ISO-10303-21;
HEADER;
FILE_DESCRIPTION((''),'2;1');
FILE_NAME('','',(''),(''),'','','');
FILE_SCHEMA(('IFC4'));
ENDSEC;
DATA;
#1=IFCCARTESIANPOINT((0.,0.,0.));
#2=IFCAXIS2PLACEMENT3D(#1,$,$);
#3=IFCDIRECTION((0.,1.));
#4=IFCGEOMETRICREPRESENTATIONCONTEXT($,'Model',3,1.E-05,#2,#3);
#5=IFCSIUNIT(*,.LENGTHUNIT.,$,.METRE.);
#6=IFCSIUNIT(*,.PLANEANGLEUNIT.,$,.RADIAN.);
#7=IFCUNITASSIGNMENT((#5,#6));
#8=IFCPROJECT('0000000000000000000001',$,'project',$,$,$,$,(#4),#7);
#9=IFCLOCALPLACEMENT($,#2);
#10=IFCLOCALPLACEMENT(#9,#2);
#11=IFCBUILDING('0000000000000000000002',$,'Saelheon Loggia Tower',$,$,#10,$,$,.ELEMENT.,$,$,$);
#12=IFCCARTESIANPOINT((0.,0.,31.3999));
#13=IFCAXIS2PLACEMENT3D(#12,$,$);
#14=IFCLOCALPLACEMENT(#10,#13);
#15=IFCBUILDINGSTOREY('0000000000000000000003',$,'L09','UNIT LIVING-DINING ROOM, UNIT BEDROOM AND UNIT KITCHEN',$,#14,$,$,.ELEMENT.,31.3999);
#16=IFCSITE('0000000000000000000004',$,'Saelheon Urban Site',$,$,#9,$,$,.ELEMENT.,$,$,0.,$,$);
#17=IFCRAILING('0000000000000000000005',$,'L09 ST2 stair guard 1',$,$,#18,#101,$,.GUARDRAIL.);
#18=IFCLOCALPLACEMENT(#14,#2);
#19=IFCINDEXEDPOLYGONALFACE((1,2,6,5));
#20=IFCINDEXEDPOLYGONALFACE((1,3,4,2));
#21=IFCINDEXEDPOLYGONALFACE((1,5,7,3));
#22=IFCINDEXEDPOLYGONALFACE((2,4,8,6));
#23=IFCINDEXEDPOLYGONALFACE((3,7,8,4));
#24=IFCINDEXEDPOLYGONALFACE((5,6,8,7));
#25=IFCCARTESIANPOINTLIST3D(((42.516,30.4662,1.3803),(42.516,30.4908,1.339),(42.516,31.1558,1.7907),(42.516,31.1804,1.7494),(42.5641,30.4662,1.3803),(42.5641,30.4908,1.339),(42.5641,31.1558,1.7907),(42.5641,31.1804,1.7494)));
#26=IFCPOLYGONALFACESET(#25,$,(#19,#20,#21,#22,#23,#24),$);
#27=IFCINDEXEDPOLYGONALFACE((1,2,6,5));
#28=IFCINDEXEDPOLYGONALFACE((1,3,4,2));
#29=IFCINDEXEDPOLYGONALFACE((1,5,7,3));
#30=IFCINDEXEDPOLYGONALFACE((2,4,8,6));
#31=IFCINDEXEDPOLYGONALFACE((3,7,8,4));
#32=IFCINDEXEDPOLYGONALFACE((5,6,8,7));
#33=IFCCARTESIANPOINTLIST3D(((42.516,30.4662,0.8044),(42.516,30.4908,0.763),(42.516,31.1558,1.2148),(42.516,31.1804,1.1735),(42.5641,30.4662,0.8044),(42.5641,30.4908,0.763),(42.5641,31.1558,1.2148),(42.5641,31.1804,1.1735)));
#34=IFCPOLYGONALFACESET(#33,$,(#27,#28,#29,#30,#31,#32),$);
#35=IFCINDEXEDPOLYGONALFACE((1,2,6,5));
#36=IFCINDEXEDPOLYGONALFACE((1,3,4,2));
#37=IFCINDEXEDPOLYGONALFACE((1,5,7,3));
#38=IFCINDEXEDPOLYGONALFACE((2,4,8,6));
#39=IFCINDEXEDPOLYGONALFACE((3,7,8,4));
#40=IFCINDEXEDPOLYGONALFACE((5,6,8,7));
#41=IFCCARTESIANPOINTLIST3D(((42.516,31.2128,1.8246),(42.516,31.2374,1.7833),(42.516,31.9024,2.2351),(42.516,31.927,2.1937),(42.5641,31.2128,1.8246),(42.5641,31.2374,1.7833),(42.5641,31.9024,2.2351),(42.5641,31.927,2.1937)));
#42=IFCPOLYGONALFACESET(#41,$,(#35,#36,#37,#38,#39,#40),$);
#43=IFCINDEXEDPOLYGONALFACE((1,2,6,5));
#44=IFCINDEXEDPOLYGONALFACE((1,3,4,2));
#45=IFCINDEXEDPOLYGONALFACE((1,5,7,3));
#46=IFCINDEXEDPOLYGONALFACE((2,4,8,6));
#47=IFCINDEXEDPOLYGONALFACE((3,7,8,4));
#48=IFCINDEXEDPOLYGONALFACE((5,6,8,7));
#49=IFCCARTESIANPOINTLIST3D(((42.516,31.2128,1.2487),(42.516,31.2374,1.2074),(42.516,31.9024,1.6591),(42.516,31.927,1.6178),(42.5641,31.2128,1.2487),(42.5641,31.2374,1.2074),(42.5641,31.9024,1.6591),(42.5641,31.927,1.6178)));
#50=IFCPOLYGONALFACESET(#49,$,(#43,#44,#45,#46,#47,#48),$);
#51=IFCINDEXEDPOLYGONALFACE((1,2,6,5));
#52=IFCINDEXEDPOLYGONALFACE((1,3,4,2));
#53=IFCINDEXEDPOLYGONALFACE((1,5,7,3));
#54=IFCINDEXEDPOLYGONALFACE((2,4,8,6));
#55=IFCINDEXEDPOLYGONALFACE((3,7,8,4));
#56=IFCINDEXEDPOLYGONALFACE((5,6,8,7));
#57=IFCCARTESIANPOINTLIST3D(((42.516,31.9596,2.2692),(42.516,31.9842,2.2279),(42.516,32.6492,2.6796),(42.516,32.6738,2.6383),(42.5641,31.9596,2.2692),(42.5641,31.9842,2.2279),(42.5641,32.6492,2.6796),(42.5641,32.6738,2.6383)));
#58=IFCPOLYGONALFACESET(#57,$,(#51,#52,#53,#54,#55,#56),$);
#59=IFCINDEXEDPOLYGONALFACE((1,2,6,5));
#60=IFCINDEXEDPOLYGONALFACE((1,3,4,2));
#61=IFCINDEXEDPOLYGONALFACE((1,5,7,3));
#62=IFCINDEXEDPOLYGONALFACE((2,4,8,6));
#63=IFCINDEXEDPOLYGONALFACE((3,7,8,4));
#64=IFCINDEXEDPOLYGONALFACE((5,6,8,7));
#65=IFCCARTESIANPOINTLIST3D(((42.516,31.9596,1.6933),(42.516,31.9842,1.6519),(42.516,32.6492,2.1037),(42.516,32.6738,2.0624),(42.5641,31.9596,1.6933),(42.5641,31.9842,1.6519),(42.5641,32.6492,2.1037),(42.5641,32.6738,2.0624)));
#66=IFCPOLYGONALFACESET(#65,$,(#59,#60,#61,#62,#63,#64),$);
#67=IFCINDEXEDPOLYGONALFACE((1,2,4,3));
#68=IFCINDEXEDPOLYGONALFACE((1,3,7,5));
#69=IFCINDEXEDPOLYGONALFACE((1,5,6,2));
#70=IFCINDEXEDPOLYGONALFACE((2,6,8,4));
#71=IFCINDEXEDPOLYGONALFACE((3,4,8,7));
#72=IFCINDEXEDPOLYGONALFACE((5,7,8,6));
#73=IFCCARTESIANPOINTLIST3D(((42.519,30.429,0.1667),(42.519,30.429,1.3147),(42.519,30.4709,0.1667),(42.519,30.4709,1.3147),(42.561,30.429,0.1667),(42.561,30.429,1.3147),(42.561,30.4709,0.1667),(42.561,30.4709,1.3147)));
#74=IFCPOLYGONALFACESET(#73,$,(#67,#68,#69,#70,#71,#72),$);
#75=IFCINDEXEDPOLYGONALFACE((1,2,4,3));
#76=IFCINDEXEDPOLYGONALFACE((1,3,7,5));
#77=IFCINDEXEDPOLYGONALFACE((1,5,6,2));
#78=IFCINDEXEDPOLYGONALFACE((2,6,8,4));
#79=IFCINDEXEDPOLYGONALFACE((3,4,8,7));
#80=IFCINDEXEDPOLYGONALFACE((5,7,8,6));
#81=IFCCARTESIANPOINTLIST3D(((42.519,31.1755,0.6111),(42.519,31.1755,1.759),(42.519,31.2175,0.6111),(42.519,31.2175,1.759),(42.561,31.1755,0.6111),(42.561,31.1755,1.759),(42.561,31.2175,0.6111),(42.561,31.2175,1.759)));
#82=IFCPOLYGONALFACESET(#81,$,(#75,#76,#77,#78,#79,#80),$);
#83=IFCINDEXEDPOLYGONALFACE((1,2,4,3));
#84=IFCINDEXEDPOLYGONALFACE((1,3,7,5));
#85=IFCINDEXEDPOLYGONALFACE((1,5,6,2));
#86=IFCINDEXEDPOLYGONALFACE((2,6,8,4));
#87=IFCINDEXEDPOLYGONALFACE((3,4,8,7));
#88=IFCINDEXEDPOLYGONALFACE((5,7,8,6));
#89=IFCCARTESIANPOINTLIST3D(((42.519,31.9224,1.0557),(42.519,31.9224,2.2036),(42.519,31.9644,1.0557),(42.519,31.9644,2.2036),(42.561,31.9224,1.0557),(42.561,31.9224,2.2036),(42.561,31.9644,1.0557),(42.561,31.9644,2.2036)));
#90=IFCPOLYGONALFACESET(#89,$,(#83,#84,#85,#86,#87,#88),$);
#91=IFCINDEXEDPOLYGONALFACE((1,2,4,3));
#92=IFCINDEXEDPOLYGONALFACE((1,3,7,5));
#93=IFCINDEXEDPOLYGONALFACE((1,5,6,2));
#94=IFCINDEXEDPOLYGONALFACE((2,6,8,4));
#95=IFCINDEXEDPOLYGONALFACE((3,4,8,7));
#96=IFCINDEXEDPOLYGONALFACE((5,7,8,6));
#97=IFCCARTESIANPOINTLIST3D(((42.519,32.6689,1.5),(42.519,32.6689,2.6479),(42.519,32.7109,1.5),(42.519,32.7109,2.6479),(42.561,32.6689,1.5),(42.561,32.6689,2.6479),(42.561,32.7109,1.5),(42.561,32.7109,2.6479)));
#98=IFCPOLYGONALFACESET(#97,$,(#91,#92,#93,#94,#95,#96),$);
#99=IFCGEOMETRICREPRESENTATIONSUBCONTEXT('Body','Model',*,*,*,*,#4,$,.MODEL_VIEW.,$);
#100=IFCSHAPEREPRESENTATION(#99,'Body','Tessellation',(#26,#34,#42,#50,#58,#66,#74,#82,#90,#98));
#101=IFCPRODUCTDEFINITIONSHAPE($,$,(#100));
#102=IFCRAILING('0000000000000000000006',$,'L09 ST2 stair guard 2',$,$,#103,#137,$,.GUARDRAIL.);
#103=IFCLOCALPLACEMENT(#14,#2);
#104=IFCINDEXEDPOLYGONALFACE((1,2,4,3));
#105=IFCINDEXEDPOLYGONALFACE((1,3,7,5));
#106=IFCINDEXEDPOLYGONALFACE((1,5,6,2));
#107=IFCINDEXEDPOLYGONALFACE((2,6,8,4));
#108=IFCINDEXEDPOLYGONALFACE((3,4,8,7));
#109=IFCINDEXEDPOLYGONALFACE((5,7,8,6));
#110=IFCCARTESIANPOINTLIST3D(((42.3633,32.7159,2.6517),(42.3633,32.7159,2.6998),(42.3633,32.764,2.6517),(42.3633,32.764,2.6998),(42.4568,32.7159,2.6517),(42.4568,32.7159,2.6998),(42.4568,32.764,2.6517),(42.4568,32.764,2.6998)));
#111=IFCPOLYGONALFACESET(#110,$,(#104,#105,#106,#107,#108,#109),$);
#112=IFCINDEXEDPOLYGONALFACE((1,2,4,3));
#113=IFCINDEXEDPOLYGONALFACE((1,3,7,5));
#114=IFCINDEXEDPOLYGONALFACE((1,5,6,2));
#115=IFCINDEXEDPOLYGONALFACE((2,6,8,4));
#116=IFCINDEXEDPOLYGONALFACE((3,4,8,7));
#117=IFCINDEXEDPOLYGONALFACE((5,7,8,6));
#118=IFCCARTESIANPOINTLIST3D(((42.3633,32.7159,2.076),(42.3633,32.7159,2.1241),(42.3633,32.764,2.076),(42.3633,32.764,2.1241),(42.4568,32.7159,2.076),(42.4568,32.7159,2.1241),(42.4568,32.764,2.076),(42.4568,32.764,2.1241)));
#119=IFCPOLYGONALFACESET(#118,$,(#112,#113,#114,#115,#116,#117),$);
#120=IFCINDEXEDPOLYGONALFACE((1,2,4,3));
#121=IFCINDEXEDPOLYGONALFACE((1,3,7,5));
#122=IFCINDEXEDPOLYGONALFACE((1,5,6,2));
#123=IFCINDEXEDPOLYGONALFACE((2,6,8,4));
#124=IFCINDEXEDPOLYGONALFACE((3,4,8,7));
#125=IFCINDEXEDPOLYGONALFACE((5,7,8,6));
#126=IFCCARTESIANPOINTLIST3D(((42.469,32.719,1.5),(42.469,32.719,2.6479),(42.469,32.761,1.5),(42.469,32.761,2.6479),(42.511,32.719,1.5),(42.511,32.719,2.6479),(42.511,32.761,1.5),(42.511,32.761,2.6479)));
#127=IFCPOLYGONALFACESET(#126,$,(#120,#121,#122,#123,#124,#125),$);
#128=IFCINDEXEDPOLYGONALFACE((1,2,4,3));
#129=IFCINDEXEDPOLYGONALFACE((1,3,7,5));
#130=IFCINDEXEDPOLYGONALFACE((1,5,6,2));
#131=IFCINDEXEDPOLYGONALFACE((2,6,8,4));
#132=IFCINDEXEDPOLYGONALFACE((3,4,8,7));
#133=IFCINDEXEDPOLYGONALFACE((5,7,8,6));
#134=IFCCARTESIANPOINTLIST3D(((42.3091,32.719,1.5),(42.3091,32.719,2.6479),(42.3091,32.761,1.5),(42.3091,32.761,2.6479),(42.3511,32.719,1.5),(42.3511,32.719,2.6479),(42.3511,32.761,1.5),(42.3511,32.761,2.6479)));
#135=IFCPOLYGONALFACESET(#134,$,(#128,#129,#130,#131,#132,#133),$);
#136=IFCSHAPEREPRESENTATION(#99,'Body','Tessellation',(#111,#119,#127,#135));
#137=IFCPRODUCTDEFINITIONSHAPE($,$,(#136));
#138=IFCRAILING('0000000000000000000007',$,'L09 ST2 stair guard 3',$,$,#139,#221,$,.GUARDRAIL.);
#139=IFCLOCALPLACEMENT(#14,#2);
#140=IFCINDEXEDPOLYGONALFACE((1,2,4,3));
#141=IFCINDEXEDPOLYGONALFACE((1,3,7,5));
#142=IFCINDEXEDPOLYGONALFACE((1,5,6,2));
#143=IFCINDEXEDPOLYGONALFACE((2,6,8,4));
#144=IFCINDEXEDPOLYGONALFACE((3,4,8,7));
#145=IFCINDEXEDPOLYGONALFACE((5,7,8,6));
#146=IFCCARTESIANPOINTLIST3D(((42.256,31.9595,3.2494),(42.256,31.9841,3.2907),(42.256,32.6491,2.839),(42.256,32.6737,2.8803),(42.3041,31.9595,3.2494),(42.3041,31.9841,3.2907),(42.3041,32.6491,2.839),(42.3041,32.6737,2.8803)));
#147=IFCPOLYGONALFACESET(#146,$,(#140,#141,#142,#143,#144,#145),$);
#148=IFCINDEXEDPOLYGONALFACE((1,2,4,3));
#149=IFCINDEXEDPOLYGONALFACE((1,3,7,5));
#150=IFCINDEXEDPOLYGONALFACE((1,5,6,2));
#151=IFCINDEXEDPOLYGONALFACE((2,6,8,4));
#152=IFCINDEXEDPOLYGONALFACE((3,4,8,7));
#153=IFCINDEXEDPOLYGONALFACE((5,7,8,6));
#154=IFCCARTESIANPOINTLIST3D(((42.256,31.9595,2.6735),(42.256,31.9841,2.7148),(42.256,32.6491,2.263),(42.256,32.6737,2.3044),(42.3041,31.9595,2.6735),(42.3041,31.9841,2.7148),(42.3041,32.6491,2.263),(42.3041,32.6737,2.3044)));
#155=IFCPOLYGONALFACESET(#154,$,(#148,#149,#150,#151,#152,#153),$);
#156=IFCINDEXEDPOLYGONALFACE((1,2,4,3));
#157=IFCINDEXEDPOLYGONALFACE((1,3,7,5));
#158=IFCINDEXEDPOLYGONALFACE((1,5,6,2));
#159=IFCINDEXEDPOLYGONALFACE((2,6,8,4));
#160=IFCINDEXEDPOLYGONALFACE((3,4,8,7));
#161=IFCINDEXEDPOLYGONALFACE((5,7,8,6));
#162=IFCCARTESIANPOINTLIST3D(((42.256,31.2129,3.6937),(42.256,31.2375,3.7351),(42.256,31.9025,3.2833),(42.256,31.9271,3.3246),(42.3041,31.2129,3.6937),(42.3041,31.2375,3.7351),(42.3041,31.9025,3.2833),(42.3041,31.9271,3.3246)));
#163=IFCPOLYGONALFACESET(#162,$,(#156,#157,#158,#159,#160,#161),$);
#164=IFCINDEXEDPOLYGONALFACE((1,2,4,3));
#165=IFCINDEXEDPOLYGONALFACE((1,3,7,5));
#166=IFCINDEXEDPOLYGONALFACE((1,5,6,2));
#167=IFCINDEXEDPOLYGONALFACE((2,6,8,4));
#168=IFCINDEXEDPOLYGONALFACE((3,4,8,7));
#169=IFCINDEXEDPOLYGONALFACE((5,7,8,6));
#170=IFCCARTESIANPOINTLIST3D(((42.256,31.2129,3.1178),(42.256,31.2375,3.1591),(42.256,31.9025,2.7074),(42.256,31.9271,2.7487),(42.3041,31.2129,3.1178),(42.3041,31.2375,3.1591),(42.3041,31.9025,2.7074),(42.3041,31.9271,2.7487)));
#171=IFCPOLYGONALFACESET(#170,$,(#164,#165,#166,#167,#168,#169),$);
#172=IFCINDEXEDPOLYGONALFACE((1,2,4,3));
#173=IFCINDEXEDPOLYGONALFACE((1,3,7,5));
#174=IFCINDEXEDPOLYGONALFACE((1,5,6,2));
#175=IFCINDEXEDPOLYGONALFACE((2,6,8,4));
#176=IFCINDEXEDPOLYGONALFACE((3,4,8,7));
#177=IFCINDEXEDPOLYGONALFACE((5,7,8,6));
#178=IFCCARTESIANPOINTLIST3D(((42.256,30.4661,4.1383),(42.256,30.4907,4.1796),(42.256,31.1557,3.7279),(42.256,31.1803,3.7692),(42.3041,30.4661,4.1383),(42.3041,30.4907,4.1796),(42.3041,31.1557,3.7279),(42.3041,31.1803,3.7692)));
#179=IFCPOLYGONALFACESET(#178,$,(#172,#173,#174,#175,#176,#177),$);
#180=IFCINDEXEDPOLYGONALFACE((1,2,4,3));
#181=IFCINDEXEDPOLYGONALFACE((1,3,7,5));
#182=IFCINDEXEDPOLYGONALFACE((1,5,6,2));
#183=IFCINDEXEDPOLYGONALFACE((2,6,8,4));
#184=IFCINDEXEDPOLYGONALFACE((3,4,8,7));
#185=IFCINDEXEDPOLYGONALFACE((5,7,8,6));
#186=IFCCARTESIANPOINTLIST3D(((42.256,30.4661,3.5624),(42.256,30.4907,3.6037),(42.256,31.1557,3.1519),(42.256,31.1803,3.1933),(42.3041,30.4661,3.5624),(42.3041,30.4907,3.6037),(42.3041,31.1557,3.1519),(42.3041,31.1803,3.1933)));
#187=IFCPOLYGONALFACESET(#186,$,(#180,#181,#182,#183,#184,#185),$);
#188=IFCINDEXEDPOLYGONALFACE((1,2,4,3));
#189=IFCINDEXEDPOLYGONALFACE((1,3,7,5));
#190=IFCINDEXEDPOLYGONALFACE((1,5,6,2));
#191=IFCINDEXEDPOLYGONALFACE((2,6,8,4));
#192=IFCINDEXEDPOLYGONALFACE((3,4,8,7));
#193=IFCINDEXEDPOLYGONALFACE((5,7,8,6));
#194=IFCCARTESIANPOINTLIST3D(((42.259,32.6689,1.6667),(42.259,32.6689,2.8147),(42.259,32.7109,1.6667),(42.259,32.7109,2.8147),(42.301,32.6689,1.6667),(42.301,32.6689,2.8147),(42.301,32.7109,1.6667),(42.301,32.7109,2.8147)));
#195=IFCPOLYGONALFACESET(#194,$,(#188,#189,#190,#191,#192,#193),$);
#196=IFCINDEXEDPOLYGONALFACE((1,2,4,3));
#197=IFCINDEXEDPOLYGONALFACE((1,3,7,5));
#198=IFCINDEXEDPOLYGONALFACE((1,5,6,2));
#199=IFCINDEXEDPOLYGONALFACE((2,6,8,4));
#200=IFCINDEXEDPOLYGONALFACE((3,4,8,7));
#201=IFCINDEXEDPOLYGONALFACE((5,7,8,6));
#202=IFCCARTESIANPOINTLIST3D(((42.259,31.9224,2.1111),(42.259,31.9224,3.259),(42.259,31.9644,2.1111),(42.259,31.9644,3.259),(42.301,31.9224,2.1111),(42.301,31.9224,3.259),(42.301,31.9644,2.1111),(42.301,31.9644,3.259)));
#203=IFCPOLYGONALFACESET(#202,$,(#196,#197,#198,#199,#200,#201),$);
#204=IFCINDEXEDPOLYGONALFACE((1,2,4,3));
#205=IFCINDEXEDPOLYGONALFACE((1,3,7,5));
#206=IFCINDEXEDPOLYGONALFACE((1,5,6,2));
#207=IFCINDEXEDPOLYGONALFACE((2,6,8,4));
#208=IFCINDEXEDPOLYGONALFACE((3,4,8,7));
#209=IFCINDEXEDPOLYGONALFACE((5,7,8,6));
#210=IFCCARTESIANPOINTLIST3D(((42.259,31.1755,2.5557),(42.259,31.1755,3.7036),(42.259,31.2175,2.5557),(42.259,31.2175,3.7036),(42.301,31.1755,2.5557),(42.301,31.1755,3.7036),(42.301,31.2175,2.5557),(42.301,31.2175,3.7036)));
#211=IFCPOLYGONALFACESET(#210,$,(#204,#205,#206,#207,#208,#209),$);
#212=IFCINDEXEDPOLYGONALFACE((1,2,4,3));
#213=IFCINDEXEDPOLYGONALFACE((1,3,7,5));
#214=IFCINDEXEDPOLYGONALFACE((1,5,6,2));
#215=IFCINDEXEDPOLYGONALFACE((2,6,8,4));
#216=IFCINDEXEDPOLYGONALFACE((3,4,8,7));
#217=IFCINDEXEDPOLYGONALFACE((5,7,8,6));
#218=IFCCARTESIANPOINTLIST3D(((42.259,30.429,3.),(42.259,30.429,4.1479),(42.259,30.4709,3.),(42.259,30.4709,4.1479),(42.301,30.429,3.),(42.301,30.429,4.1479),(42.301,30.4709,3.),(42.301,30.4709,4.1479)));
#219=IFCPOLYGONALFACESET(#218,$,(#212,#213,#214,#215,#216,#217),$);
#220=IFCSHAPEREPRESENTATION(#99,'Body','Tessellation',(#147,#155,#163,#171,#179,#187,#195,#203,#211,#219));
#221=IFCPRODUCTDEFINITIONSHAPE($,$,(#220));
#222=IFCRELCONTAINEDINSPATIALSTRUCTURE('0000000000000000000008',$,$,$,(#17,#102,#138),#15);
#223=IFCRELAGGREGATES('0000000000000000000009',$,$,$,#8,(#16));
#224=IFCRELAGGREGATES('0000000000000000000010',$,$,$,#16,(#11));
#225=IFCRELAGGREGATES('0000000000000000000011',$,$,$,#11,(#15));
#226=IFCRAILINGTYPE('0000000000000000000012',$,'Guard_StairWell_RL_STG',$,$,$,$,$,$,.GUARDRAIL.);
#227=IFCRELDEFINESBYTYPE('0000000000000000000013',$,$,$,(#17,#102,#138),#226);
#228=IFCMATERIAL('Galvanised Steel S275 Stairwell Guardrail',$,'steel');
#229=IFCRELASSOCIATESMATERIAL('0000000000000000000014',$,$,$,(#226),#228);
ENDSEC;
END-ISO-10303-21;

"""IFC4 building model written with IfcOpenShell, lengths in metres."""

from ifc_helpers import new_model, si_unit, direction, frame, origin, origin_2d, place, context, subcontext, project, spatial, rectangle, extrude, material, type_object, element, save


model = new_model("IFC4")

# Units and contexts
model_context = context("Model", 3, precision=1e-05, world=origin(), true_north=direction((0.0, 1.0)))
body_context = subcontext(model_context, "Body", "Model", "MODEL_VIEW")
ifc_project = project(units=[si_unit("LENGTHUNIT", "METRE"), si_unit("PLANEANGLEUNIT", "RADIAN")], contexts=[model_context])

# Site, building, storey
site_placement = place(None, origin())
site = spatial("IfcSite", under=ifc_project, at=site_placement, Name="Saelheon Urban Site", CompositionType="ELEMENT", RefElevation=0.0)
building_placement = place(site_placement, origin())
building = spatial("IfcBuilding", under=site, at=building_placement, Name="Saelheon Loggia Tower", CompositionType="ELEMENT")
storey_placement = place(building_placement, frame((0.0, 0.0, 31.3999)))
storey = spatial("IfcBuildingStorey", under=building, at=storey_placement, Name="L09", Description="UNIT LIVING-DINING ROOM, UNIT BEDROOM AND UNIT KITCHEN", CompositionType="ELEMENT", Elevation=31.3999)

# Railings
ifc_material_1 = material(Name="Galvanised Steel S275 Stairwell Guardrail", Category="steel")
railing_type_1 = type_object("IfcRailingType", Name="Guard_StairWell_RL_STG", PredefinedType="GUARDRAIL", material=ifc_material_1)
railing_1_placement = place(storey_placement, frame((42.54, 30.45, 0.1667)))
element("IfcRailing", 1, at=railing_1_placement, inside=storey, type_object=railing_type_1, Name="L09 ST2 stair guard 1", PredefinedType="GUARDRAIL", context=body_context, shape_type="SweptSolid", body=[
    extrude(rectangle(XDim=0.0481, YDim=0.0481, at=origin_2d()), frame((0.0, 0.0286, 1.1929), z_axis=(0.0, 0.859306, 0.511462), x_axis=(-1.0, 0.0, 0.0)), (0.0, 0.0, 1.0), 0.8025),
    extrude(rectangle(XDim=0.0481, YDim=0.0481, at=origin_2d()), frame((0.0, 0.0286, 0.6169), z_axis=(0.0, 0.859306, 0.511462), x_axis=(-1.0, 0.0, 0.0)), (0.0, 0.0, 1.0), 0.8025),
    extrude(rectangle(XDim=0.0481, YDim=0.0481, at=origin_2d()), frame((0.0, 0.7751, 1.6372), z_axis=(0.0, 0.859306, 0.511462), x_axis=(-1.0, 0.0, 0.0)), (0.0, 0.0, 1.0), 0.8025),
    extrude(rectangle(XDim=0.0481, YDim=0.0481, at=origin_2d()), frame((0.0, 0.7751, 1.0613), z_axis=(0.0, 0.859306, 0.511462), x_axis=(-1.0, 0.0, 0.0)), (0.0, 0.0, 1.0), 0.8025),
    extrude(rectangle(XDim=0.0481, YDim=0.0481, at=origin_2d()), frame((0.0, 1.522, 2.0818), z_axis=(0.0, 0.859306, 0.511462), x_axis=(-1.0, 0.0, 0.0)), (0.0, 0.0, 1.0), 0.8025),
    extrude(rectangle(XDim=0.0481, YDim=0.0481, at=origin_2d()), frame((0.0, 1.522, 1.5059), z_axis=(0.0, 0.859306, 0.511462), x_axis=(-1.0, 0.0, 0.0)), (0.0, 0.0, 1.0), 0.8025),
    extrude(rectangle(XDim=0.042, YDim=0.042, at=origin_2d()), origin(), (0.0, 0.0, 1.0), 1.1479),
    extrude(rectangle(XDim=0.042, YDim=0.042, at=origin_2d()), frame((0.0, 0.7466, 0.4443)), (0.0, 0.0, 1.0), 1.1479),
    extrude(rectangle(XDim=0.042, YDim=0.042, at=origin_2d()), frame((0.0, 1.4934, 0.8889)), (0.0, 0.0, 1.0), 1.1479),
    extrude(rectangle(XDim=0.042, YDim=0.042, at=origin_2d()), frame((0.0, 2.24, 1.3333)), (0.0, 0.0, 1.0), 1.1479),
])
railing_2_placement = place(storey_placement, frame((42.49, 32.74, 1.5)))
element("IfcRailing", 2, at=railing_2_placement, inside=storey, type_object=railing_type_1, Name="L09 ST2 stair guard 2", PredefinedType="GUARDRAIL", context=body_context, shape_type="SweptSolid", body=[
    extrude(rectangle(XDim=0.0481, YDim=0.0481, at=origin_2d()), frame((-0.0332, 0.0, 1.1758), z_axis=(-1.0, 0.0, 0.0), x_axis=(0.0, -1.0, 0.0)), (0.0, 0.0, 1.0), 0.0935),
    extrude(rectangle(XDim=0.0481, YDim=0.0481, at=origin_2d()), frame((-0.0332, 0.0, 0.6001), z_axis=(-1.0, 0.0, 0.0), x_axis=(0.0, -1.0, 0.0)), (0.0, 0.0, 1.0), 0.0935),
    extrude(rectangle(XDim=0.042, YDim=0.042, at=origin_2d()), origin(), (0.0, 0.0, 1.0), 1.1479),
    extrude(rectangle(XDim=0.042, YDim=0.042, at=origin_2d()), frame((-0.1599, 0.0, 0.0)), (0.0, 0.0, 1.0), 1.1479),
])
railing_3_placement = place(storey_placement, frame((42.28, 32.6899, 1.6667)))
element("IfcRailing", 3, at=railing_3_placement, inside=storey, type_object=railing_type_1, Name="L09 ST2 stair guard 3", PredefinedType="GUARDRAIL", context=body_context, shape_type="SweptSolid", body=[
    extrude(rectangle(XDim=0.0481, YDim=0.0481, at=origin_2d()), frame((0.0, -0.0286, 1.1929), z_axis=(0.0, -0.859306, 0.511462), x_axis=(1.0, 0.0, 0.0)), (0.0, 0.0, 1.0), 0.8025),
    extrude(rectangle(XDim=0.0481, YDim=0.0481, at=origin_2d()), frame((0.0, -0.0286, 0.6169), z_axis=(0.0, -0.859306, 0.511462), x_axis=(1.0, 0.0, 0.0)), (0.0, 0.0, 1.0), 0.8025),
    extrude(rectangle(XDim=0.0481, YDim=0.0481, at=origin_2d()), frame((0.0, -0.7751, 1.6372), z_axis=(0.0, -0.859306, 0.511462), x_axis=(1.0, 0.0, 0.0)), (0.0, 0.0, 1.0), 0.8025),
    extrude(rectangle(XDim=0.0481, YDim=0.0481, at=origin_2d()), frame((0.0, -0.7751, 1.0613), z_axis=(0.0, -0.859306, 0.511462), x_axis=(1.0, 0.0, 0.0)), (0.0, 0.0, 1.0), 0.8025),
    extrude(rectangle(XDim=0.0481, YDim=0.0481, at=origin_2d()), frame((0.0, -1.522, 2.0818), z_axis=(0.0, -0.859306, 0.511462), x_axis=(1.0, 0.0, 0.0)), (0.0, 0.0, 1.0), 0.8025),
    extrude(rectangle(XDim=0.0481, YDim=0.0481, at=origin_2d()), frame((0.0, -1.522, 1.5059), z_axis=(0.0, -0.859306, 0.511462), x_axis=(1.0, 0.0, 0.0)), (0.0, 0.0, 1.0), 0.8025),
    extrude(rectangle(XDim=0.042, YDim=0.042, at=origin_2d()), origin(), (0.0, 0.0, 1.0), 1.1479),
    extrude(rectangle(XDim=0.042, YDim=0.042, at=origin_2d()), frame((0.0, -0.7466, 0.4443)), (0.0, 0.0, 1.0), 1.1479),
    extrude(rectangle(XDim=0.042, YDim=0.042, at=origin_2d()), frame((0.0, -1.4934, 0.8889)), (0.0, 0.0, 1.0), 1.1479),
    extrude(rectangle(XDim=0.042, YDim=0.042, at=origin_2d()), frame((0.0, -2.24, 1.3333)), (0.0, 0.0, 1.0), 1.1479),
])

save(model, "model.ifc")
